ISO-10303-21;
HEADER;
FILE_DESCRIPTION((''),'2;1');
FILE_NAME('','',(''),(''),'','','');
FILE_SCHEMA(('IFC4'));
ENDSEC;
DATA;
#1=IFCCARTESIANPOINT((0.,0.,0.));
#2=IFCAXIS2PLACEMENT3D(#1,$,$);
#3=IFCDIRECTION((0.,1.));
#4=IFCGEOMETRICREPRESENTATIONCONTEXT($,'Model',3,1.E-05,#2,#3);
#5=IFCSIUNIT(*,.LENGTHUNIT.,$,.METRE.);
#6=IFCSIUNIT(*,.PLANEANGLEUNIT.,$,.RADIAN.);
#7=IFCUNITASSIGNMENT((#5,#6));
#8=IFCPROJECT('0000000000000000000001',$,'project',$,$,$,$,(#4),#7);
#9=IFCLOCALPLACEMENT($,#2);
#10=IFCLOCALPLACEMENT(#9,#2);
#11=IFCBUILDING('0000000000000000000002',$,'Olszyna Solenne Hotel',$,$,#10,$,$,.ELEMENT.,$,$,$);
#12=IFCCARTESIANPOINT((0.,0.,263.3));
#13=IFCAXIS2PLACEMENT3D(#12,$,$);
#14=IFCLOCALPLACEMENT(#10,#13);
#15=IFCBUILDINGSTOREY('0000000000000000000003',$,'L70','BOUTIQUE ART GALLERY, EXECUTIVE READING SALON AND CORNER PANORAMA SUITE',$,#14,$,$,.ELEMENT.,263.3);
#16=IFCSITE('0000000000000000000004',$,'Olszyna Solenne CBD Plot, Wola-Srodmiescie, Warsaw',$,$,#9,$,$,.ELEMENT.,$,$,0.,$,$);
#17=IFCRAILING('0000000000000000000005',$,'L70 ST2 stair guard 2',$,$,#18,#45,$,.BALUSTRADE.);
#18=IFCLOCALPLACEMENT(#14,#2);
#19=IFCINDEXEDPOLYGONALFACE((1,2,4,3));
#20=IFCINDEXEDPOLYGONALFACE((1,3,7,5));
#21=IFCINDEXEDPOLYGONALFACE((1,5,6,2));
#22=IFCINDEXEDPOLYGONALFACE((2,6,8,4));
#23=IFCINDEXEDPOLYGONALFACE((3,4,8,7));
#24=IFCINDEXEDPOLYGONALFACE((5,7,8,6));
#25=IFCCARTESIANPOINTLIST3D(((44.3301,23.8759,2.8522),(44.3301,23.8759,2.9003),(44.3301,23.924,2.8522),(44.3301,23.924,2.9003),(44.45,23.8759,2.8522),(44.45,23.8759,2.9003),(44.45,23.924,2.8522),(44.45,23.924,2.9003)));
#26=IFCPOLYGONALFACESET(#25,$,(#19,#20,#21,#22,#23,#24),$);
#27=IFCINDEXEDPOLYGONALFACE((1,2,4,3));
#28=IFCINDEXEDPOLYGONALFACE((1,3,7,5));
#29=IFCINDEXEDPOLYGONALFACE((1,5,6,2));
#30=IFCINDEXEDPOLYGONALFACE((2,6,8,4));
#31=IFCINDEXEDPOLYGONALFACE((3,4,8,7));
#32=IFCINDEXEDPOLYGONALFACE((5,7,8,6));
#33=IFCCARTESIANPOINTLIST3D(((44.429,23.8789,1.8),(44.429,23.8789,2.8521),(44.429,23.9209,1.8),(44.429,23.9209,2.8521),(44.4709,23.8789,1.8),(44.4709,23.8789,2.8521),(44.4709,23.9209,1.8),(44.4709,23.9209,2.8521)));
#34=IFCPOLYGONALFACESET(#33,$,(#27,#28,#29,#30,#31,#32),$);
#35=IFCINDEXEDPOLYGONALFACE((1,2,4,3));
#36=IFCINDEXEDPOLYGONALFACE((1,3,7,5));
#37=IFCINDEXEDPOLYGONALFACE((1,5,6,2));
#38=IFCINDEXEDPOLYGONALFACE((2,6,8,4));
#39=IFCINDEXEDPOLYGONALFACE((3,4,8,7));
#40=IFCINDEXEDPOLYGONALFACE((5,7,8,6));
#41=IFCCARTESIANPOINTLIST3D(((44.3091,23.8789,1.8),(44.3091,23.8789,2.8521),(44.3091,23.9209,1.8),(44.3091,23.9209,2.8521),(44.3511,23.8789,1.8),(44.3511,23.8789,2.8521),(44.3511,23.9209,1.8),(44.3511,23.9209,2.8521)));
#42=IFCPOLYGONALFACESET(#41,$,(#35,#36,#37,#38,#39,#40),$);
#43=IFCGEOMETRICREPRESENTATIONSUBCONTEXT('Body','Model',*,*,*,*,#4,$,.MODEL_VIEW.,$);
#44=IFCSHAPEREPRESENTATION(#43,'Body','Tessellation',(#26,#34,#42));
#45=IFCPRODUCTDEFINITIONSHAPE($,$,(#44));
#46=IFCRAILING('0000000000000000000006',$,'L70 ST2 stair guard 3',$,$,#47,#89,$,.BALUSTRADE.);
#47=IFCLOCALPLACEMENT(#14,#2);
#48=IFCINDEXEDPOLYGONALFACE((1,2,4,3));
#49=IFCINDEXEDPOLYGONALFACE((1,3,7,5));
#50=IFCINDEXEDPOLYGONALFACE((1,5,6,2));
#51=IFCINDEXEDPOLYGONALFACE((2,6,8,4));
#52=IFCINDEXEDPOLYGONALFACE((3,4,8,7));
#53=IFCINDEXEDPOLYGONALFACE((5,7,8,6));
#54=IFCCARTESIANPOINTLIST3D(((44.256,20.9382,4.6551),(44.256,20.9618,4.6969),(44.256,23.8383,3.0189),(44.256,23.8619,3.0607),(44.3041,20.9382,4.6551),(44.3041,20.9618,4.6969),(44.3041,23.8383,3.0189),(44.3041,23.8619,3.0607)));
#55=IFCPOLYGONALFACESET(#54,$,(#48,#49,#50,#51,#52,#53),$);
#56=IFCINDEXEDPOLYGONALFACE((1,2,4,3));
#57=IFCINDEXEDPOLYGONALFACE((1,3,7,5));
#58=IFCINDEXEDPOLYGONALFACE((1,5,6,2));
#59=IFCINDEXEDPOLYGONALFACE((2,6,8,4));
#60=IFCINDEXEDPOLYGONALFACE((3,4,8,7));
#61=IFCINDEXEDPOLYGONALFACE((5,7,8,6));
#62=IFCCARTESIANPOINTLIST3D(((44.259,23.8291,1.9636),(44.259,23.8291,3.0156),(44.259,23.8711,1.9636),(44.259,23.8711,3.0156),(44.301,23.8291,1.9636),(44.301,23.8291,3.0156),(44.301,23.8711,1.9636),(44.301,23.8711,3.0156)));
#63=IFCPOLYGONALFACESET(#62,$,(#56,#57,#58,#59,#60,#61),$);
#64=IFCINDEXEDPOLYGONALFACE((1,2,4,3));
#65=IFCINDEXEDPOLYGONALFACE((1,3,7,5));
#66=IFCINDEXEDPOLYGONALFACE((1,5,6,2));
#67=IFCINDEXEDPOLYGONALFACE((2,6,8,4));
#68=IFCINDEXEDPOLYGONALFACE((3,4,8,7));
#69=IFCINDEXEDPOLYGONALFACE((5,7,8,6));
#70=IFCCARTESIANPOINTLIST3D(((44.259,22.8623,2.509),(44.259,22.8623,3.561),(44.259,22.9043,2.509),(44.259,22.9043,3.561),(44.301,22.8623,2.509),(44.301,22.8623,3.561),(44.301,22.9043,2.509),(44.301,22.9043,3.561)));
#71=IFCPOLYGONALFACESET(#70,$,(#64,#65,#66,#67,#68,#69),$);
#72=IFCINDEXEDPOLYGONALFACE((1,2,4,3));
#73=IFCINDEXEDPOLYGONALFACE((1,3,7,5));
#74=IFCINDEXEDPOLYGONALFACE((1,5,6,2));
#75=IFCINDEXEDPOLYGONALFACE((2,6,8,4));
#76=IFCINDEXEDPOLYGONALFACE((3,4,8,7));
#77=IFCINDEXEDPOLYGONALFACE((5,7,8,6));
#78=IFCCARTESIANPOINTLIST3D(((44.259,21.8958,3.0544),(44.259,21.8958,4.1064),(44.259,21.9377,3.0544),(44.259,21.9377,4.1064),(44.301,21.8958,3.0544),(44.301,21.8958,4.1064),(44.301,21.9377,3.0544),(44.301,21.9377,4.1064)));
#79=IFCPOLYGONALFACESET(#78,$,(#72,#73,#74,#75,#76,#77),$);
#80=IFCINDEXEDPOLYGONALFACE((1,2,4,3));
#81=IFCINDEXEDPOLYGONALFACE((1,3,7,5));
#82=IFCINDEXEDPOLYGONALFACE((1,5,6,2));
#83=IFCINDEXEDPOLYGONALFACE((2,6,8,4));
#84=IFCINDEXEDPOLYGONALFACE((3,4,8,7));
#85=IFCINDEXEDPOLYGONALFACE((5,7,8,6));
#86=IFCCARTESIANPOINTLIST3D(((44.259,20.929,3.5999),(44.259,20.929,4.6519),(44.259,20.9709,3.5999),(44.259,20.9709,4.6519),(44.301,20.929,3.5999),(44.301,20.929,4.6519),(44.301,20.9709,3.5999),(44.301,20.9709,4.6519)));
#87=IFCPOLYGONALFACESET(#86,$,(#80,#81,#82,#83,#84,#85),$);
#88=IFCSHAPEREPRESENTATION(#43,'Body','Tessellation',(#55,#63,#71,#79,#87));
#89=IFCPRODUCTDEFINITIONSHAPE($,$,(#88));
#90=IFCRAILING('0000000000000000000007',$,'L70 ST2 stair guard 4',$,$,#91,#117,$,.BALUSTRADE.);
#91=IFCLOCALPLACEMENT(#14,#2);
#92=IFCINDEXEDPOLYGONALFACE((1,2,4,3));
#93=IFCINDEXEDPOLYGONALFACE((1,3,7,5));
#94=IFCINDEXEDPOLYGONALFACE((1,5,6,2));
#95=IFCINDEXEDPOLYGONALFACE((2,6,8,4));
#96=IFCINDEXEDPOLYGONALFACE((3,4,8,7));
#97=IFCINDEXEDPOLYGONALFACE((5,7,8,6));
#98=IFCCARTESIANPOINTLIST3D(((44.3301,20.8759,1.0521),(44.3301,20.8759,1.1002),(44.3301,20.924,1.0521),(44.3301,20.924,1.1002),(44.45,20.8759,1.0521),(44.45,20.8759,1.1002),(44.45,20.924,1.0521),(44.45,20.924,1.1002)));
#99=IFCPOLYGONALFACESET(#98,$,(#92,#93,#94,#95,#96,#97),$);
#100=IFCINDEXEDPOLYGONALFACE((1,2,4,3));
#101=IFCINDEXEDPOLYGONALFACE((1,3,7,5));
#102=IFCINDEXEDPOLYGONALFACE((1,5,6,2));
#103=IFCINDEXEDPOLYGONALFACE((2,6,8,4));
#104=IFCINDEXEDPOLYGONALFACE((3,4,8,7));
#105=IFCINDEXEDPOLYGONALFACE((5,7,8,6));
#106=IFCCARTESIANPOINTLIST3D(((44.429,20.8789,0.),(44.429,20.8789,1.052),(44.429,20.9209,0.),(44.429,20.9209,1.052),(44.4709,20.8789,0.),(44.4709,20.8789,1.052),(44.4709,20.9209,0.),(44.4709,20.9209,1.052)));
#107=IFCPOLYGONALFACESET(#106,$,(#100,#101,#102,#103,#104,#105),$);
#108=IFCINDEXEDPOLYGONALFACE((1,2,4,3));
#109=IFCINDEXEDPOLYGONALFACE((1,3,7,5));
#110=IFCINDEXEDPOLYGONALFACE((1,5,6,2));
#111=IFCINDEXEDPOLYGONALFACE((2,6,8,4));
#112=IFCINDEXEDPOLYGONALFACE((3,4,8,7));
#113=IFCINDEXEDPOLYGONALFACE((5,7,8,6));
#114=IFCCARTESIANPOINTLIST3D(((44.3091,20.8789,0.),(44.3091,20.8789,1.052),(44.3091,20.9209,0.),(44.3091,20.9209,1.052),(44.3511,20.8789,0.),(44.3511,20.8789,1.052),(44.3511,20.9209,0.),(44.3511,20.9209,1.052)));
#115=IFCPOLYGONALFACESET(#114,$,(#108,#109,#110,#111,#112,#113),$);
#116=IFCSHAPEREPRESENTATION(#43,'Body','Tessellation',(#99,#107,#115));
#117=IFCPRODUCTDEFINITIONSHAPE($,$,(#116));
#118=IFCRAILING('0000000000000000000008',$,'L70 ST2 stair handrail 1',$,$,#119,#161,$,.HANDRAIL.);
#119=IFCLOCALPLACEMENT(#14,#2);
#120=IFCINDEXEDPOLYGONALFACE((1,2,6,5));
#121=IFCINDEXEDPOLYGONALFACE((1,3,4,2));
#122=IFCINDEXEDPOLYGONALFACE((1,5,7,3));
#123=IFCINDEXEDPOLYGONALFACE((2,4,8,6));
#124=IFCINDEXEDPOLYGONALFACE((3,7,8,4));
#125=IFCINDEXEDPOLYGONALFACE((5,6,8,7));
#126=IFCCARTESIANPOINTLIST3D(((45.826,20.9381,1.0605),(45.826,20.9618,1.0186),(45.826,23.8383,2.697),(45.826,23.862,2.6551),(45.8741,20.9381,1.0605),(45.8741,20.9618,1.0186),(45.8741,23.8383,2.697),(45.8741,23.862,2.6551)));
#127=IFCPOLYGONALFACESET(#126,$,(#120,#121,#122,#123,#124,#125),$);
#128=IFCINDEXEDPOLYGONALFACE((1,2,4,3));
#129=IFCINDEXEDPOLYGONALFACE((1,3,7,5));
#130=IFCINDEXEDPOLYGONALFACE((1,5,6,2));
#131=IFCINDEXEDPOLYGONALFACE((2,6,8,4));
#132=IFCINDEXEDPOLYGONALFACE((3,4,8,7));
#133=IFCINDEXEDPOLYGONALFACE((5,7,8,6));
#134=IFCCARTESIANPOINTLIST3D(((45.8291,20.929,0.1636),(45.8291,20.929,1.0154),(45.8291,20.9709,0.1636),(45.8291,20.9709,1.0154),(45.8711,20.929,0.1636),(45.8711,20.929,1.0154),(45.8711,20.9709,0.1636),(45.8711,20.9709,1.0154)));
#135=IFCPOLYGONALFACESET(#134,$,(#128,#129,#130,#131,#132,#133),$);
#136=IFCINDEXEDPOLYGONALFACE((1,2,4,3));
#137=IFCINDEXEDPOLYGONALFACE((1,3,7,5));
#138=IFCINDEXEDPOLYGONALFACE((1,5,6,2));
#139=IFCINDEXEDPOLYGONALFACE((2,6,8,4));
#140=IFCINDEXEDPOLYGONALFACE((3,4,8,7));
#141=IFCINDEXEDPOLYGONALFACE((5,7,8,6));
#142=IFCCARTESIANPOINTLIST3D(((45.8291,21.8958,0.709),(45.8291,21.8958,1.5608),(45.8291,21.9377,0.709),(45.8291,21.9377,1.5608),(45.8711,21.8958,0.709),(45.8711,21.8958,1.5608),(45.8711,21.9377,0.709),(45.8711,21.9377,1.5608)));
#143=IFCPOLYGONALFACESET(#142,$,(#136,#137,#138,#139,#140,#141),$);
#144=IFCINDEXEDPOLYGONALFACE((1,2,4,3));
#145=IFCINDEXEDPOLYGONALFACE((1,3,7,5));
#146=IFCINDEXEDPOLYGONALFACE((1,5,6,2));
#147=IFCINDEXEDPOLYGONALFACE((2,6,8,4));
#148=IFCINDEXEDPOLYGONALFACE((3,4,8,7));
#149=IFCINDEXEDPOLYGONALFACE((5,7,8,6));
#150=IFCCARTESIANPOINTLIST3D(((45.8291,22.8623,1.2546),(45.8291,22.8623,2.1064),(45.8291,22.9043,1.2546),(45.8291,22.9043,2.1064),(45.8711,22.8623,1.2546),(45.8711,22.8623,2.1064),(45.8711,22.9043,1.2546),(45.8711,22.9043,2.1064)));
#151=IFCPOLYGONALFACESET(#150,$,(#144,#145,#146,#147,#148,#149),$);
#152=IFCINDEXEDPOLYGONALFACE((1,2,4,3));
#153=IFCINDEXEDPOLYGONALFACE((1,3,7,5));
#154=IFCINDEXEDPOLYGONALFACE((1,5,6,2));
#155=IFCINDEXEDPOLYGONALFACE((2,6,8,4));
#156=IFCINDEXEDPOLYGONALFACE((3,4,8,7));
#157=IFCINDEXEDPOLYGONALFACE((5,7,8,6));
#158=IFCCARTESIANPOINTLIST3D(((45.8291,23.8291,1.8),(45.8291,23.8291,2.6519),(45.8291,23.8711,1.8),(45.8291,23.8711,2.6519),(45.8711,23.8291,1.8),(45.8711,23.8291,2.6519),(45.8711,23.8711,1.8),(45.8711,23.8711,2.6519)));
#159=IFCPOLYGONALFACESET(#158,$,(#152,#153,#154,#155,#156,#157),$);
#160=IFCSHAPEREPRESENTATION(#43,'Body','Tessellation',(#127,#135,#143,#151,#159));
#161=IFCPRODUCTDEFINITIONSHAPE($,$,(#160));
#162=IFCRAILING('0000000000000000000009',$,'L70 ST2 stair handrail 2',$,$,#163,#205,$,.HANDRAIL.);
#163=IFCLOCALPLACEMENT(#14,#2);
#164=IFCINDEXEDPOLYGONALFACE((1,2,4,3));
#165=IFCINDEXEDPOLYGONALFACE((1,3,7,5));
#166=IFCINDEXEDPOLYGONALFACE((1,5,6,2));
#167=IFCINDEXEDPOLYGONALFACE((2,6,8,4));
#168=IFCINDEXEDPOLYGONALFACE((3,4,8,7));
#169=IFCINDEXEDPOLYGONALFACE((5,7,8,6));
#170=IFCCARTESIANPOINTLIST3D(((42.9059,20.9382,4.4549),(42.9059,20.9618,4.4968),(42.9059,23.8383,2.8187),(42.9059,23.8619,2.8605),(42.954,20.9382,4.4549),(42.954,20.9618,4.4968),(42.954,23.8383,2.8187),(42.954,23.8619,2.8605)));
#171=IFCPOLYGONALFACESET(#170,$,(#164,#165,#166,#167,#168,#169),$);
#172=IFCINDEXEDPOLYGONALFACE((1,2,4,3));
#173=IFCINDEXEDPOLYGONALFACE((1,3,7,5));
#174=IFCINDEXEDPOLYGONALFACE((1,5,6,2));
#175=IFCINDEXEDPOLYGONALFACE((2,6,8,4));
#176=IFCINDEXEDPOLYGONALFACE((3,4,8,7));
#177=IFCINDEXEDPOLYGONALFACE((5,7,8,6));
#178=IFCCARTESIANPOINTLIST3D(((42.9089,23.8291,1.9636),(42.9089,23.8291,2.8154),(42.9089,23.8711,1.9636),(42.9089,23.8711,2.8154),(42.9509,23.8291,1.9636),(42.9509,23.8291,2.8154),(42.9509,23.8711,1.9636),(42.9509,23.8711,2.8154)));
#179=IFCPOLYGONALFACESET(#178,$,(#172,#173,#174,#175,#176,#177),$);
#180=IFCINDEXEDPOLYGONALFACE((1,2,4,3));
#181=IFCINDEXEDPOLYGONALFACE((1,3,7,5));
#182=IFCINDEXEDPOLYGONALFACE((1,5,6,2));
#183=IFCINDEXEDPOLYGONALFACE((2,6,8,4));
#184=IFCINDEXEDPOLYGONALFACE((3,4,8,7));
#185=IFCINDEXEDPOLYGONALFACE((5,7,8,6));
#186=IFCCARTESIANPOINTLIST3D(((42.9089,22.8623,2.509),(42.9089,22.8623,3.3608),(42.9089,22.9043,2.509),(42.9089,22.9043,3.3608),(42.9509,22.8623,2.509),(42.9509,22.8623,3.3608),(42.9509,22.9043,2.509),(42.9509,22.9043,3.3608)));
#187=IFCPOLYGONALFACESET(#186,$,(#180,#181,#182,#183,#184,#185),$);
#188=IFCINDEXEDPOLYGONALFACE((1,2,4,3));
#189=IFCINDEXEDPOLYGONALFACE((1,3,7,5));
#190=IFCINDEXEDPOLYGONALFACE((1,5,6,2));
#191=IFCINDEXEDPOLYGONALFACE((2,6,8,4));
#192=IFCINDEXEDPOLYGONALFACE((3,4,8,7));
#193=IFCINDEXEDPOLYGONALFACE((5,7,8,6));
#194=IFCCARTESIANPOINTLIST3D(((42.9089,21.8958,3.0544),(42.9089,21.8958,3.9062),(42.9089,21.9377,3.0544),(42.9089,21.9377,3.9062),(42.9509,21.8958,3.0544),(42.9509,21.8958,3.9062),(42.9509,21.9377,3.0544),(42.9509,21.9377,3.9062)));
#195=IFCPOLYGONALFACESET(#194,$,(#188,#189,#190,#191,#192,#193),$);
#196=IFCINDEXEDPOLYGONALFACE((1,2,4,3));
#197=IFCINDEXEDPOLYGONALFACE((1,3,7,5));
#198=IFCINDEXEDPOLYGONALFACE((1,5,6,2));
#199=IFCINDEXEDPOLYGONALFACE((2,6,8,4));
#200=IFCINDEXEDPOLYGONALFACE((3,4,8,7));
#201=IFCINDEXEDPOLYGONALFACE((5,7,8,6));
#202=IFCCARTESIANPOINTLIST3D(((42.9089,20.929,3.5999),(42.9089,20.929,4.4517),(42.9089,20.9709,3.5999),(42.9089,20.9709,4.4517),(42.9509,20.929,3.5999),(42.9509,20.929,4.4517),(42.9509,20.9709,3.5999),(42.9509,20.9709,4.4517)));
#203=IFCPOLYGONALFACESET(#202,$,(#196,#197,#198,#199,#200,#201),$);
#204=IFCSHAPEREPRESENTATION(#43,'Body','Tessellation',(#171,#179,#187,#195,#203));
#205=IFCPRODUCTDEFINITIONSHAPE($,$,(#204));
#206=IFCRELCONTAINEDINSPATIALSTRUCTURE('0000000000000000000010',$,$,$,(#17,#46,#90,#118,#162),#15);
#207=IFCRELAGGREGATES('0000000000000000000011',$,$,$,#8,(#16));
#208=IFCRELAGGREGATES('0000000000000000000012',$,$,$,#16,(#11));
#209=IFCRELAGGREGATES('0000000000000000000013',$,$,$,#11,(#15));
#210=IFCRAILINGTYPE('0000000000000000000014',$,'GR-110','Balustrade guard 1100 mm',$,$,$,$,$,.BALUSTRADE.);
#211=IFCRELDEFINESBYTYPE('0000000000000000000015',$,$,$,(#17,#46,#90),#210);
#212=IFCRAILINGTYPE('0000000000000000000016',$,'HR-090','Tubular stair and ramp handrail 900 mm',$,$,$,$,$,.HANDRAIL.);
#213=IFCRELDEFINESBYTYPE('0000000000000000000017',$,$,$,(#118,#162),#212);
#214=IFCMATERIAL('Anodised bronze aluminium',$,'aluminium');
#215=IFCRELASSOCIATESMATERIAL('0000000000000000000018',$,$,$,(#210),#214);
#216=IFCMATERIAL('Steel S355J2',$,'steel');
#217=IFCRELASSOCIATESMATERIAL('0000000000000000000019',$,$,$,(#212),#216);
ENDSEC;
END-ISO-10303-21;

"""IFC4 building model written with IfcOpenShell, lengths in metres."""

from ifc_helpers import new_model, si_unit, direction, frame, origin, origin_2d, place, context, subcontext, project, spatial, rectangle, extrude, material, type_object, element, save


model = new_model("IFC4")

# Units and contexts
model_context = context("Model", 3, precision=1e-05, world=origin(), true_north=direction((0.0, 1.0)))
body_context = subcontext(model_context, "Body", "Model", "MODEL_VIEW")
ifc_project = project(units=[si_unit("LENGTHUNIT", "METRE"), si_unit("PLANEANGLEUNIT", "RADIAN")], contexts=[model_context])

# Site, building, storey
site_placement = place(None, origin())
site = spatial("IfcSite", under=ifc_project, at=site_placement, Name="Olszyna Solenne CBD Plot, Wola-Srodmiescie, Warsaw", CompositionType="ELEMENT", RefElevation=0.0)
building_placement = place(site_placement, origin())
building = spatial("IfcBuilding", under=site, at=building_placement, Name="Olszyna Solenne Hotel", CompositionType="ELEMENT")
storey_placement = place(building_placement, frame((0.0, 0.0, 263.3)))
storey = spatial("IfcBuildingStorey", under=building, at=storey_placement, Name="L70", Description="BOUTIQUE ART GALLERY, EXECUTIVE READING SALON AND CORNER PANORAMA SUITE", CompositionType="ELEMENT", Elevation=263.3)

# Shared definitions
ifc_material_1 = material(Name="Steel S355J2", Category="steel")

# Shared definitions
ifc_material_2 = material(Name="Anodised bronze aluminium", Category="aluminium")

# Railings
railing_type_1 = type_object("IfcRailingType", Name="GR-110", Description="Balustrade guard 1100 mm", PredefinedType="BALUSTRADE", material=ifc_material_2)
railing_1_placement = place(storey_placement, frame((44.45, 23.8999, 1.8)))
element("IfcRailing", 1, at=railing_1_placement, inside=storey, type_object=railing_type_1, Name="L70 ST2 stair guard 2", PredefinedType="BALUSTRADE", context=body_context, shape_type="SweptSolid", body=[
    extrude(rectangle(XDim=0.0481, YDim=0.0481, at=origin_2d()), frame((0.0, 0.0, 1.0762), z_axis=(-1.0, 0.0, 0.0), x_axis=(0.0, -1.0, 0.0)), (0.0, 0.0, 1.0), 0.1199),
    extrude(rectangle(XDim=0.042, YDim=0.042, at=origin_2d()), origin(), (0.0, 0.0, 1.0), 1.052),
    extrude(rectangle(XDim=0.042, YDim=0.042, at=origin_2d()), frame((-0.1199, 0.0, 0.0)), (0.0, 0.0, 1.0), 1.052),
])
railing_2_placement = place(storey_placement, frame((44.28, 23.8501, 1.9636)))
element("IfcRailing", 2, at=railing_2_placement, inside=storey, type_object=railing_type_1, Name="L70 ST2 stair guard 3", PredefinedType="BALUSTRADE", context=body_context, shape_type="SweptSolid", body=[
    extrude(rectangle(XDim=0.0481, YDim=0.0481, at=origin_2d()), frame((0.0, 0.0, 1.0762), z_axis=(0.0, -0.870946, 0.491378), x_axis=(1.0, 0.0, 0.0)), (0.0, 0.0, 1.0), 3.3298),
    extrude(rectangle(XDim=0.042, YDim=0.042, at=origin_2d()), origin(), (0.0, 0.0, 1.0), 1.052),
    extrude(rectangle(XDim=0.042, YDim=0.042, at=origin_2d()), frame((0.0, -0.9668, 0.5454)), (0.0, 0.0, 1.0), 1.052),
    extrude(rectangle(XDim=0.042, YDim=0.042, at=origin_2d()), frame((0.0, -1.9333, 1.0908)), (0.0, 0.0, 1.0), 1.052),
    extrude(rectangle(XDim=0.042, YDim=0.042, at=origin_2d()), frame((0.0, -2.9001, 1.6362)), (0.0, 0.0, 1.0), 1.052),
])
railing_3_placement = place(storey_placement, frame((44.45, 20.8999, 0.0)))
element("IfcRailing", 3, at=railing_3_placement, inside=storey, type_object=railing_type_1, Name="L70 ST2 stair guard 4", PredefinedType="BALUSTRADE", context=body_context, shape_type="SweptSolid", body=[
    extrude(rectangle(XDim=0.0481, YDim=0.0481, at=origin_2d()), frame((0.0, 0.0, 1.0762), z_axis=(-1.0, 0.0, 0.0), x_axis=(0.0, -1.0, 0.0)), (0.0, 0.0, 1.0), 0.1199),
    extrude(rectangle(XDim=0.042, YDim=0.042, at=origin_2d()), origin(), (0.0, 0.0, 1.0), 1.052),
    extrude(rectangle(XDim=0.042, YDim=0.042, at=origin_2d()), frame((-0.1199, 0.0, 0.0)), (0.0, 0.0, 1.0), 1.052),
])
railing_type_2 = type_object("IfcRailingType", Name="HR-090", Description="Tubular stair and ramp handrail 900 mm", PredefinedType="HANDRAIL", material=ifc_material_1)
railing_4_placement = place(storey_placement, frame((45.8501, 20.95, 0.1636)))
element("IfcRailing", 4, at=railing_4_placement, inside=storey, type_object=railing_type_2, Name="L70 ST2 stair handrail 1", PredefinedType="HANDRAIL", context=body_context, shape_type="SweptSolid", body=[
    extrude(rectangle(XDim=0.0481, YDim=0.0481, at=origin_2d()), frame((0.0, 0.0, 0.876), z_axis=(0.0, 0.870915, 0.491434), x_axis=(-1.0, 0.0, 0.0)), (0.0, 0.0, 1.0), 3.3301),
    extrude(rectangle(XDim=0.042, YDim=0.042, at=origin_2d()), origin(), (0.0, 0.0, 1.0), 0.8518),
    extrude(rectangle(XDim=0.042, YDim=0.042, at=origin_2d()), frame((0.0, 0.9668, 0.5454)), (0.0, 0.0, 1.0), 0.8518),
    extrude(rectangle(XDim=0.042, YDim=0.042, at=origin_2d()), frame((0.0, 1.9333, 1.0911)), (0.0, 0.0, 1.0), 0.8518),
    extrude(rectangle(XDim=0.042, YDim=0.042, at=origin_2d()), frame((0.0, 2.9001, 1.6365)), (0.0, 0.0, 1.0), 0.8518),
])
railing_5_placement = place(storey_placement, frame((42.9299, 23.8501, 1.9636)))
element("IfcRailing", 5, at=railing_5_placement, inside=storey, type_object=railing_type_2, Name="L70 ST2 stair handrail 2", PredefinedType="HANDRAIL", context=body_context, shape_type="SweptSolid", body=[
    extrude(rectangle(XDim=0.0481, YDim=0.0481, at=origin_2d()), frame((0.0, 0.0, 0.876), z_axis=(0.0, -0.870946, 0.491378), x_axis=(1.0, 0.0, 0.0)), (0.0, 0.0, 1.0), 3.3298),
    extrude(rectangle(XDim=0.042, YDim=0.042, at=origin_2d()), origin(), (0.0, 0.0, 1.0), 0.8518),
    extrude(rectangle(XDim=0.042, YDim=0.042, at=origin_2d()), frame((0.0, -0.9668, 0.5454)), (0.0, 0.0, 1.0), 0.8518),
    extrude(rectangle(XDim=0.042, YDim=0.042, at=origin_2d()), frame((0.0, -1.9333, 1.0908)), (0.0, 0.0, 1.0), 0.8518),
    extrude(rectangle(XDim=0.042, YDim=0.042, at=origin_2d()), frame((0.0, -2.9001, 1.6362)), (0.0, 0.0, 1.0), 0.8518),
])

save(model, "model.ifc")
